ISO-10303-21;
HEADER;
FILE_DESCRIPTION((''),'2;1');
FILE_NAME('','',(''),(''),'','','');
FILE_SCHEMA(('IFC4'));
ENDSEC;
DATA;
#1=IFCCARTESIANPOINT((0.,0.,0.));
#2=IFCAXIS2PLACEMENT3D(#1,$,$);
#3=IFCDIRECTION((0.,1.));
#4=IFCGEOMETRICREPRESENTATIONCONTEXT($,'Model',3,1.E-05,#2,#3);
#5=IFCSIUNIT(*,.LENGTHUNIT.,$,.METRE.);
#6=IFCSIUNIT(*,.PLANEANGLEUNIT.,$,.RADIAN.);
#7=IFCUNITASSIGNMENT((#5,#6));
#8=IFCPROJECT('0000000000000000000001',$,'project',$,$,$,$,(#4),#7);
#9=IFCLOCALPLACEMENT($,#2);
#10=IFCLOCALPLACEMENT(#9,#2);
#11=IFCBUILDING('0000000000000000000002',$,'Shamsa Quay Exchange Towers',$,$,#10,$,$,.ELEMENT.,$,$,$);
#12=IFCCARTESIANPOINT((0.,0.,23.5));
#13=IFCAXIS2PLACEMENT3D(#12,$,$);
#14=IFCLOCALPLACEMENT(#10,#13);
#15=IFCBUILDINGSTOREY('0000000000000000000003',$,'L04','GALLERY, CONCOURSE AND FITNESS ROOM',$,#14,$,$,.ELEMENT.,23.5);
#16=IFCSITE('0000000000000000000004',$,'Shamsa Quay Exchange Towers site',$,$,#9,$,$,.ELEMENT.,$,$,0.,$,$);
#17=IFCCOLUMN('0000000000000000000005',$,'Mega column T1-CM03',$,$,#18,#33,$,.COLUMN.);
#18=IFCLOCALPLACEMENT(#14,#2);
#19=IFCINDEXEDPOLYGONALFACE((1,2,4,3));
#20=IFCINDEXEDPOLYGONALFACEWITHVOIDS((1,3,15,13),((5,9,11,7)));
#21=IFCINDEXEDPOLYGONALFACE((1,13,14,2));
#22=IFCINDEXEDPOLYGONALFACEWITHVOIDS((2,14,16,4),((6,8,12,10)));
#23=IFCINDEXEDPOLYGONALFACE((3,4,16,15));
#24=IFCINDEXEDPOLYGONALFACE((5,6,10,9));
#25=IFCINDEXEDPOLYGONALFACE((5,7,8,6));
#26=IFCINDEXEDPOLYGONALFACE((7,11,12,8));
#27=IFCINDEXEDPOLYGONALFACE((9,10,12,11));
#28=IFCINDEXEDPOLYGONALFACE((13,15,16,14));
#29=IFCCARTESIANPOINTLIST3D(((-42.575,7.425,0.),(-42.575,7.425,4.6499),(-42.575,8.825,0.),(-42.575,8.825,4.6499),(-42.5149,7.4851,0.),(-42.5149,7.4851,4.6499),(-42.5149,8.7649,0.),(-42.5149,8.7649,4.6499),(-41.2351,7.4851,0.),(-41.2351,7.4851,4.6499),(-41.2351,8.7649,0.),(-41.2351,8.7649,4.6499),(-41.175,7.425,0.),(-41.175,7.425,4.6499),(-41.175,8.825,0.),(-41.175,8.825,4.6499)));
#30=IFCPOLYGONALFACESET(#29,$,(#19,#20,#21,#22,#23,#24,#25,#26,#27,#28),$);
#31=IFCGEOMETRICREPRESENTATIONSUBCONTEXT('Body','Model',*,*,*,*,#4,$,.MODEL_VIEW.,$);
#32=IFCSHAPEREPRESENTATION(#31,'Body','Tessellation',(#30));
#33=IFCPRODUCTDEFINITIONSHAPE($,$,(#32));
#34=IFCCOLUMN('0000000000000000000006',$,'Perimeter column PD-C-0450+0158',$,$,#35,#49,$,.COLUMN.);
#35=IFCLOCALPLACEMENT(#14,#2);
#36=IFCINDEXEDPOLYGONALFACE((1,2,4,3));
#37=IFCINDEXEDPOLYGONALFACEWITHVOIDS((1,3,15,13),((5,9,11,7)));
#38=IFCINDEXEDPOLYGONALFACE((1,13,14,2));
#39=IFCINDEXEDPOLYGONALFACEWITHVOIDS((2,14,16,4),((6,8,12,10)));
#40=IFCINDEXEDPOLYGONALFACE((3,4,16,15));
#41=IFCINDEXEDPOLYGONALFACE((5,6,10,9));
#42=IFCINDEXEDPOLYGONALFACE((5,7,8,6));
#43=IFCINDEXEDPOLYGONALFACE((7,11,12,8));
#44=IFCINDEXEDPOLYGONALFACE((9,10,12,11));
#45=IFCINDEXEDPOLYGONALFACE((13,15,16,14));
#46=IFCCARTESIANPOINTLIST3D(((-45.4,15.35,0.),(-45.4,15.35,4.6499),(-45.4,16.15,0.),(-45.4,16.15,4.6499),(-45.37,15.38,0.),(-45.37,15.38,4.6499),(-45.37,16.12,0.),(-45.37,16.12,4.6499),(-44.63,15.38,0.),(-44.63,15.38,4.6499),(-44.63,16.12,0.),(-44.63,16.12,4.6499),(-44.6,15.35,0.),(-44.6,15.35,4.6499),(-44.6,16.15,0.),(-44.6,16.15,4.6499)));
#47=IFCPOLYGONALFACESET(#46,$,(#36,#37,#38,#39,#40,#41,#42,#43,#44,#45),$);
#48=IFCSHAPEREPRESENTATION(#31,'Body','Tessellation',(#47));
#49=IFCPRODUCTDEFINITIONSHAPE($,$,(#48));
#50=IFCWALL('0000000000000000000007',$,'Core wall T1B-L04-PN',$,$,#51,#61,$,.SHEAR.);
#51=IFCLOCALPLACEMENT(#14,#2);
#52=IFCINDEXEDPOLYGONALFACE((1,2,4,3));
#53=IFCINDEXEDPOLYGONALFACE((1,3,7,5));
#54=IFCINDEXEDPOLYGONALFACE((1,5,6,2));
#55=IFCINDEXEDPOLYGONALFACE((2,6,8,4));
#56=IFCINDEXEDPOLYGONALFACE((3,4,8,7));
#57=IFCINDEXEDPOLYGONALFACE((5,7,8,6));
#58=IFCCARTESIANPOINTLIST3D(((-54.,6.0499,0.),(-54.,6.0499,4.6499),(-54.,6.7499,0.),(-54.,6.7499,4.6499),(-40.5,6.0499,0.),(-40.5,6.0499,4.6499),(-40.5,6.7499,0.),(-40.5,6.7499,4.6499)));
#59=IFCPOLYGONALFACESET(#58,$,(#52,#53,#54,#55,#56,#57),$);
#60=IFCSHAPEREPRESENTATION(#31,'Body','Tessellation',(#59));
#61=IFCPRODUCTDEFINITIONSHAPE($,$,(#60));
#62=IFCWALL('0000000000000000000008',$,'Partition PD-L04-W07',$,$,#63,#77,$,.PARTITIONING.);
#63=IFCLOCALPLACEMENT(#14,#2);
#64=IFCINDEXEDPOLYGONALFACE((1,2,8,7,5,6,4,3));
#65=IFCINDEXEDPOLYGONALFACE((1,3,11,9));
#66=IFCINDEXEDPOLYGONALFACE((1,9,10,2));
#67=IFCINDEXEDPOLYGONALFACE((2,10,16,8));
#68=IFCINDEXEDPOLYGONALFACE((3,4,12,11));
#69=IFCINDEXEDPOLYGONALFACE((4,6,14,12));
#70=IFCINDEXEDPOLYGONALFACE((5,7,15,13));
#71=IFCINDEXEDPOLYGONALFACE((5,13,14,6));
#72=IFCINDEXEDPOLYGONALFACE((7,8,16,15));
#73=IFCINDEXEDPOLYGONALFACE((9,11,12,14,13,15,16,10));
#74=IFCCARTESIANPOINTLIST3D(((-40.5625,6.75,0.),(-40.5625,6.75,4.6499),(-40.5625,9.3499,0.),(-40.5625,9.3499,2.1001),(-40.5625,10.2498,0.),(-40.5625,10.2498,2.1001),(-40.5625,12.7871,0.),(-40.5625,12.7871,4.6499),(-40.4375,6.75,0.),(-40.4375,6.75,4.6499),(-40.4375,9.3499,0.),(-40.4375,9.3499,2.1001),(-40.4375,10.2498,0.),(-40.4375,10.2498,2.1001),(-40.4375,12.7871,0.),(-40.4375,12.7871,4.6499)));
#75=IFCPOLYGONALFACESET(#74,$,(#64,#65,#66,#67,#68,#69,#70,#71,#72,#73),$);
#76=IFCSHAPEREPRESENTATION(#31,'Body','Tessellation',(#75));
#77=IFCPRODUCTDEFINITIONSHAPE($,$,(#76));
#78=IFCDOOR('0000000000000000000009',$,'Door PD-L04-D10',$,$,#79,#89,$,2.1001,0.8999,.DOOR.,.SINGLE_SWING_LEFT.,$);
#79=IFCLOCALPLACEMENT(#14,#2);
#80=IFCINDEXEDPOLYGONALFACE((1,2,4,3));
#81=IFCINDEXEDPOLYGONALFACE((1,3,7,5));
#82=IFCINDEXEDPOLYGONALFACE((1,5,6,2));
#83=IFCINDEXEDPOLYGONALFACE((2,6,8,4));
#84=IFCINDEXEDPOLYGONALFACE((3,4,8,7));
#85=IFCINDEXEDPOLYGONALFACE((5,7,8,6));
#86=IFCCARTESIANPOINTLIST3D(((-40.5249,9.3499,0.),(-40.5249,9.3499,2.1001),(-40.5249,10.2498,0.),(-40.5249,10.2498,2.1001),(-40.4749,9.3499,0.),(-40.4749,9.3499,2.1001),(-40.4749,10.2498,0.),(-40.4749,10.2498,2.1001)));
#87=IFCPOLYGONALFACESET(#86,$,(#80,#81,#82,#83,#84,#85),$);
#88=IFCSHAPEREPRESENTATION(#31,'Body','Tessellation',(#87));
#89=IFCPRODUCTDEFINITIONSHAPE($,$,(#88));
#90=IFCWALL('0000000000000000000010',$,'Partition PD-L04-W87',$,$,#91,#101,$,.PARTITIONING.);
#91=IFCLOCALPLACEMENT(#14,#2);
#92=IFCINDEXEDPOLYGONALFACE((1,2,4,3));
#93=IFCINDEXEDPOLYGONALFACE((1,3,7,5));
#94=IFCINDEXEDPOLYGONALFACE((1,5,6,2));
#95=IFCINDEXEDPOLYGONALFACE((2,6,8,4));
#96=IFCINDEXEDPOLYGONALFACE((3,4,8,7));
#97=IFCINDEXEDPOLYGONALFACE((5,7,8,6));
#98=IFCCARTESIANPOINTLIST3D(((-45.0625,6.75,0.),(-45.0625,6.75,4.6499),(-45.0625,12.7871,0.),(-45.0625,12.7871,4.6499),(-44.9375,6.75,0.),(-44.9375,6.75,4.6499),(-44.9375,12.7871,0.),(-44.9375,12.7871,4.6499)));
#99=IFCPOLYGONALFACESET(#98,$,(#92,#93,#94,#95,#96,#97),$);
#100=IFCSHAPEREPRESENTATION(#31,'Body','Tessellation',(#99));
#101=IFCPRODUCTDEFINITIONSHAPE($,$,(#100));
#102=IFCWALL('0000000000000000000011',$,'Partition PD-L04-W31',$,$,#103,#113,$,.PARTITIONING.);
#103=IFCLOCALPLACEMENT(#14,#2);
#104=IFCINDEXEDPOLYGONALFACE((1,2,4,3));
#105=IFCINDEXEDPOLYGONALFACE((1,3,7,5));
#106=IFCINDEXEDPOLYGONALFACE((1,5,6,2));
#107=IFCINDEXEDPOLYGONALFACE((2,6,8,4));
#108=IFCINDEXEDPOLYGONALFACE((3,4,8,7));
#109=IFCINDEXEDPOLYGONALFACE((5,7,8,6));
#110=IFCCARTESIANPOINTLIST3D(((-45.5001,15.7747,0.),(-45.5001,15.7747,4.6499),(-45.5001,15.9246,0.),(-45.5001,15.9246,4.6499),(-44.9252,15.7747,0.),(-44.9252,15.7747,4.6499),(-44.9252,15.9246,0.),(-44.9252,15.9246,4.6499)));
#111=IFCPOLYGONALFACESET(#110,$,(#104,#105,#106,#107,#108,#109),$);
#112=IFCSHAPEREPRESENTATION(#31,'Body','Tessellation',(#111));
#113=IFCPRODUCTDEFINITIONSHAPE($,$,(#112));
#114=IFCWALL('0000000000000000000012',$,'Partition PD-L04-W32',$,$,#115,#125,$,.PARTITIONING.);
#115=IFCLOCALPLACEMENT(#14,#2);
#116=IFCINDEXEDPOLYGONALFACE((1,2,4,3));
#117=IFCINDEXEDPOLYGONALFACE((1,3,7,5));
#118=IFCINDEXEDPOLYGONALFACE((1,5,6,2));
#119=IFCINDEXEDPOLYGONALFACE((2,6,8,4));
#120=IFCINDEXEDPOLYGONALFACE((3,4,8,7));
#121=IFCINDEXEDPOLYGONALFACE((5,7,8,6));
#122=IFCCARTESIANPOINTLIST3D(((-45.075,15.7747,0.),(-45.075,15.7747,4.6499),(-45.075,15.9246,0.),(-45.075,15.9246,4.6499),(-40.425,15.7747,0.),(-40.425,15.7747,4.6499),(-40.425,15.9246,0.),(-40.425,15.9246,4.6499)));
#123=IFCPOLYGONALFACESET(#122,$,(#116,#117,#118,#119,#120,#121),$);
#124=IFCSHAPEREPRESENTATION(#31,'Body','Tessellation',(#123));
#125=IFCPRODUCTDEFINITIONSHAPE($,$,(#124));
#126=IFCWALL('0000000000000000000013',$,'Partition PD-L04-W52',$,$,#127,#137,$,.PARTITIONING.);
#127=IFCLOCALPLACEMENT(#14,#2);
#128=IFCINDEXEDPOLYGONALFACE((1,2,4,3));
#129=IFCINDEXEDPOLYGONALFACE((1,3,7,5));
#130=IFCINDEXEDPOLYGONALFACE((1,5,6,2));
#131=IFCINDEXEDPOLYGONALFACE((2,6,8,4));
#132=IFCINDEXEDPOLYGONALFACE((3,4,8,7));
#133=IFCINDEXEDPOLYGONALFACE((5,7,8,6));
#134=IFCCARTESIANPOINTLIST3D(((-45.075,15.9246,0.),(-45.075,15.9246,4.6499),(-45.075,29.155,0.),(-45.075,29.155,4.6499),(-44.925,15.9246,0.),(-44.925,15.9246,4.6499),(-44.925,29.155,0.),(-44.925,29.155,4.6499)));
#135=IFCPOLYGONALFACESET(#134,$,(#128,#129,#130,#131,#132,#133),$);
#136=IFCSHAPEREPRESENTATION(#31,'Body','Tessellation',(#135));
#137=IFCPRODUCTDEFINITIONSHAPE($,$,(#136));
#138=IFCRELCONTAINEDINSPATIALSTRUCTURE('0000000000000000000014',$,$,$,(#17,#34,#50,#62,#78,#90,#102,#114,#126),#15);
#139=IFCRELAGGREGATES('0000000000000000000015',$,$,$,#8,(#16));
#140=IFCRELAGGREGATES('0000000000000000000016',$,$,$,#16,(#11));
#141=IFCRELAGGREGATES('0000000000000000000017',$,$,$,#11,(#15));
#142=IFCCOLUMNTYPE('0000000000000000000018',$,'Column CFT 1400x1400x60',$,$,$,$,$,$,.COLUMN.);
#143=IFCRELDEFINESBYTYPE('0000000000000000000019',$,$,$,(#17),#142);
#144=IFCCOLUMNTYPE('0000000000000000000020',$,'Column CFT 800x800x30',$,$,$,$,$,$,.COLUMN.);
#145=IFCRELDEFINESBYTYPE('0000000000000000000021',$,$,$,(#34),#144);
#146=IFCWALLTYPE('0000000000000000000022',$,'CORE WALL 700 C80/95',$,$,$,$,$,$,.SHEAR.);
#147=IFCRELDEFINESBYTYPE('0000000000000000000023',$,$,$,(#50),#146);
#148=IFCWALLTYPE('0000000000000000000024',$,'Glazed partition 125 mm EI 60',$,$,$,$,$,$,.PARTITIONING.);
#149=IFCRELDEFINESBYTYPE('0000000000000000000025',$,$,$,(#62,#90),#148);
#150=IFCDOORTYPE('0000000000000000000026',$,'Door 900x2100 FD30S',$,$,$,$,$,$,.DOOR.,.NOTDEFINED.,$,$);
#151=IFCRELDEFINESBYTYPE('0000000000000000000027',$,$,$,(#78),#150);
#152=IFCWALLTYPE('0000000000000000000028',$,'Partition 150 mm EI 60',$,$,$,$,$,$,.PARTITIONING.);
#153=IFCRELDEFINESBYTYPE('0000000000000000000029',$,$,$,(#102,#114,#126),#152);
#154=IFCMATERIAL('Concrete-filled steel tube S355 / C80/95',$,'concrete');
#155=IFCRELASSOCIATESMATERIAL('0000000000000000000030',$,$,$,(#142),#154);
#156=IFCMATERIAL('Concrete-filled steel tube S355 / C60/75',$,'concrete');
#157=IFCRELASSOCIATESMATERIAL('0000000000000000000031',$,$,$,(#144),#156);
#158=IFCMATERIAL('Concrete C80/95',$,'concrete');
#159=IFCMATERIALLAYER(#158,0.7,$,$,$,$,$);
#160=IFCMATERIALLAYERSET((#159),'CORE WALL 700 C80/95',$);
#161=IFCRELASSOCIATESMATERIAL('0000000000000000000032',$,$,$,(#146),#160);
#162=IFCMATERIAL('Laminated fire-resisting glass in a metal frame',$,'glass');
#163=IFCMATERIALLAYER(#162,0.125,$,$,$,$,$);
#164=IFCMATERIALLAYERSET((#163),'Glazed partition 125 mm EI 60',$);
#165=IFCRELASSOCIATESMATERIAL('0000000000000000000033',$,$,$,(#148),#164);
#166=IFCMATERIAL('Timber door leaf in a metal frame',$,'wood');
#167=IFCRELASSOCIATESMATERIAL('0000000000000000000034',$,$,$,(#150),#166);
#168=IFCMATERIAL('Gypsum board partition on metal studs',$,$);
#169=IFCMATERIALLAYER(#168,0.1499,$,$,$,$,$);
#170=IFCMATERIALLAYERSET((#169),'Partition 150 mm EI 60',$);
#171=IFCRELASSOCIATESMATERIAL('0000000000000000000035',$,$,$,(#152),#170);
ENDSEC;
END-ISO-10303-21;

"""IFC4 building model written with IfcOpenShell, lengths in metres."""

from ifc_helpers import new_model, si_unit, direction, frame, frame_2d, origin, origin_2d, place, context, subcontext, project, spatial, rectangle, hollow_rectangle, extrude, material, layer, layer_set, material_profile, profile_set, type_object, element, fill, save


model = new_model("IFC4")

# Units and contexts
model_context = context("Model", 3, precision=1e-05, world=origin(), true_north=direction((0.0, 1.0)))
body_context = subcontext(model_context, "Body", "Model", "MODEL_VIEW")
ifc_project = project(units=[si_unit("LENGTHUNIT", "METRE"), si_unit("PLANEANGLEUNIT", "RADIAN")], contexts=[model_context])

# Site, building, storey
site_placement = place(None, origin())
site = spatial("IfcSite", under=ifc_project, at=site_placement, Name="Shamsa Quay Exchange Towers site", CompositionType="ELEMENT", RefElevation=0.0)
building_placement = place(site_placement, origin())
building = spatial("IfcBuilding", under=site, at=building_placement, Name="Shamsa Quay Exchange Towers", CompositionType="ELEMENT")
storey_placement = place(building_placement, frame((0.0, 0.0, 23.5)))
storey = spatial("IfcBuildingStorey", under=building, at=storey_placement, Name="L04", Description="GALLERY, CONCOURSE AND FITNESS ROOM", CompositionType="ELEMENT", Elevation=23.5)

# Columns
ifc_material_1 = material(Name="Concrete-filled steel tube S355 / C80/95", Category="concrete")
ifc_material_profile_1 = material_profile(ifc_material_1, hollow_rectangle(XDim=1.3999, YDim=1.3999, WallThickness=0.0601, at=origin_2d()), Name="CFT 1400x1400x60")
ifc_profile_set_1 = profile_set([ifc_material_profile_1], Name="Concrete-filled steel tube S355 / C80/95")
column_type_1 = type_object("IfcColumnType", Name="Column CFT 1400x1400x60", PredefinedType="COLUMN", material=ifc_profile_set_1)
column_1_placement = place(storey_placement, frame((-41.875, 8.125, 0.0)))
element("IfcColumn", 1, at=column_1_placement, inside=storey, type_object=column_type_1, Name="Mega column T1-CM03", PredefinedType="COLUMN", context=body_context, shape_type="SweptSolid", body=[
    extrude(hollow_rectangle(XDim=1.3999, YDim=1.3999, WallThickness=0.0601, at=origin_2d()), origin(), (0.0, 0.0, 1.0), 4.6499),
])
ifc_material_2 = material(Name="Concrete-filled steel tube S355 / C60/75", Category="concrete")
ifc_material_profile_2 = material_profile(ifc_material_2, hollow_rectangle(XDim=0.8, YDim=0.8, WallThickness=0.03, at=origin_2d()), Name="CFT 800x800x30")
ifc_profile_set_2 = profile_set([ifc_material_profile_2], Name="Concrete-filled steel tube S355 / C60/75")
column_type_2 = type_object("IfcColumnType", Name="Column CFT 800x800x30", PredefinedType="COLUMN", material=ifc_profile_set_2)
column_2_placement = place(storey_placement, frame((-45.0, 15.75, 0.0)))
element("IfcColumn", 2, at=column_2_placement, inside=storey, type_object=column_type_2, Name="Perimeter column PD-C-0450+0158", PredefinedType="COLUMN", context=body_context, shape_type="SweptSolid", body=[
    extrude(hollow_rectangle(XDim=0.8, YDim=0.8, WallThickness=0.03, at=origin_2d()), origin(), (0.0, 0.0, 1.0), 4.6499),
])

# Wall
ifc_material_3 = material(Name="Concrete C80/95", Category="concrete")
ifc_layer_1 = layer(ifc_material_3, 0.7)
ifc_layer_set_1 = layer_set([ifc_layer_1], Name="CORE WALL 700 C80/95")
wall_type_1 = type_object("IfcWallType", Name="CORE WALL 700 C80/95", PredefinedType="SHEAR", material=ifc_layer_set_1)
wall_1_placement = place(storey_placement, frame((-40.5, 6.3999, 0.0), z_axis=(0.0, 0.0, 1.0), x_axis=(-1.0, 0.0, 0.0)))
element("IfcWall", 3, at=wall_1_placement, inside=storey, type_object=wall_type_1, Name="Core wall T1B-L04-PN", PredefinedType="SHEAR", context=body_context, shape_type="SweptSolid", body=[
    extrude(rectangle(XDim=13.5, YDim=0.7, at=frame_2d((6.75, 0.0))), origin(), (0.0, 0.0, 1.0), 4.6499),
])

# Wall, opening, door
ifc_material_4 = material(Name="Laminated fire-resisting glass in a metal frame", Category="glass")
ifc_layer_2 = layer(ifc_material_4, 0.125)
ifc_layer_set_2 = layer_set([ifc_layer_2], Name="Glazed partition 125 mm EI 60")
wall_type_2 = type_object("IfcWallType", Name="Glazed partition 125 mm EI 60", PredefinedType="PARTITIONING", material=ifc_layer_set_2)
wall_2_placement = place(storey_placement, frame((-40.5, 6.75, 0.0), z_axis=(0.0, 0.0, 1.0), x_axis=(0.0, 1.0, 0.0)))
wall_2 = element("IfcWall", 4, at=wall_2_placement, inside=storey, type_object=wall_type_2, Name="Partition PD-L04-W07", PredefinedType="PARTITIONING", context=body_context, shape_type="SweptSolid", body=[
    extrude(rectangle(XDim=6.0371, YDim=0.125, at=frame_2d((3.0186, 0.0))), origin(), (0.0, 0.0, 1.0), 4.6499),
])
opening_1_placement = place(wall_2_placement, frame((2.5999, 0.0, 0.0)))
opening_1 = element("IfcOpeningElement", 5, at=opening_1_placement, cuts=wall_2, PredefinedType="OPENING", context=body_context, shape_type="SweptSolid", body=[
    extrude(rectangle(XDim=0.8999, YDim=2.1001, at=frame_2d((0.45, 1.05))), frame((0.0, 0.0725, 0.0), z_axis=(0.0, -1.0, 0.0), x_axis=(1.0, 0.0, 0.0)), (0.0, 0.0, 1.0), 0.145),
])
ifc_material_5 = material(Name="Timber door leaf in a metal frame", Category="wood")
door_type_1 = type_object("IfcDoorType", Name="Door 900x2100 FD30S", OperationType="NOTDEFINED", PredefinedType="DOOR", material=ifc_material_5)
door_1_placement = place(opening_1_placement, origin())
door_1 = element("IfcDoor", 6, at=door_1_placement, inside=storey, type_object=door_type_1, Name="Door PD-L04-D10", OperationType="SINGLE_SWING_LEFT", OverallHeight=2.1001, OverallWidth=0.8999, PredefinedType="DOOR", context=body_context, shape_type="SweptSolid", body=[
    extrude(rectangle(XDim=0.8999, YDim=2.1001, at=frame_2d((0.45, 1.05))), frame((0.0, 0.0249, 0.0), z_axis=(0.0, -1.0, 0.0), x_axis=(1.0, 0.0, 0.0)), (0.0, 0.0, 1.0), 0.05),
])
fill(opening_1, door_1)

# Walls
wall_3_placement = place(storey_placement, frame((-45.0, 6.75, 0.0), z_axis=(0.0, 0.0, 1.0), x_axis=(0.0, 1.0, 0.0)))
element("IfcWall", 7, at=wall_3_placement, inside=storey, type_object=wall_type_2, Name="Partition PD-L04-W87", PredefinedType="PARTITIONING", context=body_context, shape_type="SweptSolid", body=[
    extrude(rectangle(XDim=6.0371, YDim=0.125, at=frame_2d((3.0186, 0.0))), origin(), (0.0, 0.0, 1.0), 4.6499),
])
ifc_material_6 = material(Name="Gypsum board partition on metal studs")
ifc_layer_3 = layer(ifc_material_6, 0.1499)
ifc_layer_set_3 = layer_set([ifc_layer_3], Name="Partition 150 mm EI 60")
wall_type_3 = type_object("IfcWallType", Name="Partition 150 mm EI 60", PredefinedType="PARTITIONING", material=ifc_layer_set_3)
wall_4_placement = place(storey_placement, frame((-44.925, 15.8496, 0.0), z_axis=(0.0, 0.0, 1.0), x_axis=(-1.0, 0.0, 0.0)))
element("IfcWall", 8, at=wall_4_placement, inside=storey, type_object=wall_type_3, Name="Partition PD-L04-W31", PredefinedType="PARTITIONING", context=body_context, shape_type="SweptSolid", body=[
    extrude(rectangle(XDim=0.575, YDim=0.1499, at=frame_2d((0.2876, 0.0))), origin(), (0.0, 0.0, 1.0), 4.6499),
])
wall_5_placement = place(storey_placement, frame((-45.075, 15.8496, 0.0)))
element("IfcWall", 9, at=wall_5_placement, inside=storey, type_object=wall_type_3, Name="Partition PD-L04-W32", PredefinedType="PARTITIONING", context=body_context, shape_type="SweptSolid", body=[
    extrude(rectangle(XDim=4.6499, YDim=0.1499, at=frame_2d((2.325, 0.0))), origin(), (0.0, 0.0, 1.0), 4.6499),
])
wall_6_placement = place(storey_placement, frame((-45.0, 15.9246, 0.0), z_axis=(0.0, 0.0, 1.0), x_axis=(0.0, 1.0, 0.0)))
element("IfcWall", 10, at=wall_6_placement, inside=storey, type_object=wall_type_3, Name="Partition PD-L04-W52", PredefinedType="PARTITIONING", context=body_context, shape_type="SweptSolid", body=[
    extrude(rectangle(XDim=13.2305, YDim=0.1499, at=frame_2d((6.6152, 0.0))), origin(), (0.0, 0.0, 1.0), 4.6499),
])

save(model, "model.ifc")
